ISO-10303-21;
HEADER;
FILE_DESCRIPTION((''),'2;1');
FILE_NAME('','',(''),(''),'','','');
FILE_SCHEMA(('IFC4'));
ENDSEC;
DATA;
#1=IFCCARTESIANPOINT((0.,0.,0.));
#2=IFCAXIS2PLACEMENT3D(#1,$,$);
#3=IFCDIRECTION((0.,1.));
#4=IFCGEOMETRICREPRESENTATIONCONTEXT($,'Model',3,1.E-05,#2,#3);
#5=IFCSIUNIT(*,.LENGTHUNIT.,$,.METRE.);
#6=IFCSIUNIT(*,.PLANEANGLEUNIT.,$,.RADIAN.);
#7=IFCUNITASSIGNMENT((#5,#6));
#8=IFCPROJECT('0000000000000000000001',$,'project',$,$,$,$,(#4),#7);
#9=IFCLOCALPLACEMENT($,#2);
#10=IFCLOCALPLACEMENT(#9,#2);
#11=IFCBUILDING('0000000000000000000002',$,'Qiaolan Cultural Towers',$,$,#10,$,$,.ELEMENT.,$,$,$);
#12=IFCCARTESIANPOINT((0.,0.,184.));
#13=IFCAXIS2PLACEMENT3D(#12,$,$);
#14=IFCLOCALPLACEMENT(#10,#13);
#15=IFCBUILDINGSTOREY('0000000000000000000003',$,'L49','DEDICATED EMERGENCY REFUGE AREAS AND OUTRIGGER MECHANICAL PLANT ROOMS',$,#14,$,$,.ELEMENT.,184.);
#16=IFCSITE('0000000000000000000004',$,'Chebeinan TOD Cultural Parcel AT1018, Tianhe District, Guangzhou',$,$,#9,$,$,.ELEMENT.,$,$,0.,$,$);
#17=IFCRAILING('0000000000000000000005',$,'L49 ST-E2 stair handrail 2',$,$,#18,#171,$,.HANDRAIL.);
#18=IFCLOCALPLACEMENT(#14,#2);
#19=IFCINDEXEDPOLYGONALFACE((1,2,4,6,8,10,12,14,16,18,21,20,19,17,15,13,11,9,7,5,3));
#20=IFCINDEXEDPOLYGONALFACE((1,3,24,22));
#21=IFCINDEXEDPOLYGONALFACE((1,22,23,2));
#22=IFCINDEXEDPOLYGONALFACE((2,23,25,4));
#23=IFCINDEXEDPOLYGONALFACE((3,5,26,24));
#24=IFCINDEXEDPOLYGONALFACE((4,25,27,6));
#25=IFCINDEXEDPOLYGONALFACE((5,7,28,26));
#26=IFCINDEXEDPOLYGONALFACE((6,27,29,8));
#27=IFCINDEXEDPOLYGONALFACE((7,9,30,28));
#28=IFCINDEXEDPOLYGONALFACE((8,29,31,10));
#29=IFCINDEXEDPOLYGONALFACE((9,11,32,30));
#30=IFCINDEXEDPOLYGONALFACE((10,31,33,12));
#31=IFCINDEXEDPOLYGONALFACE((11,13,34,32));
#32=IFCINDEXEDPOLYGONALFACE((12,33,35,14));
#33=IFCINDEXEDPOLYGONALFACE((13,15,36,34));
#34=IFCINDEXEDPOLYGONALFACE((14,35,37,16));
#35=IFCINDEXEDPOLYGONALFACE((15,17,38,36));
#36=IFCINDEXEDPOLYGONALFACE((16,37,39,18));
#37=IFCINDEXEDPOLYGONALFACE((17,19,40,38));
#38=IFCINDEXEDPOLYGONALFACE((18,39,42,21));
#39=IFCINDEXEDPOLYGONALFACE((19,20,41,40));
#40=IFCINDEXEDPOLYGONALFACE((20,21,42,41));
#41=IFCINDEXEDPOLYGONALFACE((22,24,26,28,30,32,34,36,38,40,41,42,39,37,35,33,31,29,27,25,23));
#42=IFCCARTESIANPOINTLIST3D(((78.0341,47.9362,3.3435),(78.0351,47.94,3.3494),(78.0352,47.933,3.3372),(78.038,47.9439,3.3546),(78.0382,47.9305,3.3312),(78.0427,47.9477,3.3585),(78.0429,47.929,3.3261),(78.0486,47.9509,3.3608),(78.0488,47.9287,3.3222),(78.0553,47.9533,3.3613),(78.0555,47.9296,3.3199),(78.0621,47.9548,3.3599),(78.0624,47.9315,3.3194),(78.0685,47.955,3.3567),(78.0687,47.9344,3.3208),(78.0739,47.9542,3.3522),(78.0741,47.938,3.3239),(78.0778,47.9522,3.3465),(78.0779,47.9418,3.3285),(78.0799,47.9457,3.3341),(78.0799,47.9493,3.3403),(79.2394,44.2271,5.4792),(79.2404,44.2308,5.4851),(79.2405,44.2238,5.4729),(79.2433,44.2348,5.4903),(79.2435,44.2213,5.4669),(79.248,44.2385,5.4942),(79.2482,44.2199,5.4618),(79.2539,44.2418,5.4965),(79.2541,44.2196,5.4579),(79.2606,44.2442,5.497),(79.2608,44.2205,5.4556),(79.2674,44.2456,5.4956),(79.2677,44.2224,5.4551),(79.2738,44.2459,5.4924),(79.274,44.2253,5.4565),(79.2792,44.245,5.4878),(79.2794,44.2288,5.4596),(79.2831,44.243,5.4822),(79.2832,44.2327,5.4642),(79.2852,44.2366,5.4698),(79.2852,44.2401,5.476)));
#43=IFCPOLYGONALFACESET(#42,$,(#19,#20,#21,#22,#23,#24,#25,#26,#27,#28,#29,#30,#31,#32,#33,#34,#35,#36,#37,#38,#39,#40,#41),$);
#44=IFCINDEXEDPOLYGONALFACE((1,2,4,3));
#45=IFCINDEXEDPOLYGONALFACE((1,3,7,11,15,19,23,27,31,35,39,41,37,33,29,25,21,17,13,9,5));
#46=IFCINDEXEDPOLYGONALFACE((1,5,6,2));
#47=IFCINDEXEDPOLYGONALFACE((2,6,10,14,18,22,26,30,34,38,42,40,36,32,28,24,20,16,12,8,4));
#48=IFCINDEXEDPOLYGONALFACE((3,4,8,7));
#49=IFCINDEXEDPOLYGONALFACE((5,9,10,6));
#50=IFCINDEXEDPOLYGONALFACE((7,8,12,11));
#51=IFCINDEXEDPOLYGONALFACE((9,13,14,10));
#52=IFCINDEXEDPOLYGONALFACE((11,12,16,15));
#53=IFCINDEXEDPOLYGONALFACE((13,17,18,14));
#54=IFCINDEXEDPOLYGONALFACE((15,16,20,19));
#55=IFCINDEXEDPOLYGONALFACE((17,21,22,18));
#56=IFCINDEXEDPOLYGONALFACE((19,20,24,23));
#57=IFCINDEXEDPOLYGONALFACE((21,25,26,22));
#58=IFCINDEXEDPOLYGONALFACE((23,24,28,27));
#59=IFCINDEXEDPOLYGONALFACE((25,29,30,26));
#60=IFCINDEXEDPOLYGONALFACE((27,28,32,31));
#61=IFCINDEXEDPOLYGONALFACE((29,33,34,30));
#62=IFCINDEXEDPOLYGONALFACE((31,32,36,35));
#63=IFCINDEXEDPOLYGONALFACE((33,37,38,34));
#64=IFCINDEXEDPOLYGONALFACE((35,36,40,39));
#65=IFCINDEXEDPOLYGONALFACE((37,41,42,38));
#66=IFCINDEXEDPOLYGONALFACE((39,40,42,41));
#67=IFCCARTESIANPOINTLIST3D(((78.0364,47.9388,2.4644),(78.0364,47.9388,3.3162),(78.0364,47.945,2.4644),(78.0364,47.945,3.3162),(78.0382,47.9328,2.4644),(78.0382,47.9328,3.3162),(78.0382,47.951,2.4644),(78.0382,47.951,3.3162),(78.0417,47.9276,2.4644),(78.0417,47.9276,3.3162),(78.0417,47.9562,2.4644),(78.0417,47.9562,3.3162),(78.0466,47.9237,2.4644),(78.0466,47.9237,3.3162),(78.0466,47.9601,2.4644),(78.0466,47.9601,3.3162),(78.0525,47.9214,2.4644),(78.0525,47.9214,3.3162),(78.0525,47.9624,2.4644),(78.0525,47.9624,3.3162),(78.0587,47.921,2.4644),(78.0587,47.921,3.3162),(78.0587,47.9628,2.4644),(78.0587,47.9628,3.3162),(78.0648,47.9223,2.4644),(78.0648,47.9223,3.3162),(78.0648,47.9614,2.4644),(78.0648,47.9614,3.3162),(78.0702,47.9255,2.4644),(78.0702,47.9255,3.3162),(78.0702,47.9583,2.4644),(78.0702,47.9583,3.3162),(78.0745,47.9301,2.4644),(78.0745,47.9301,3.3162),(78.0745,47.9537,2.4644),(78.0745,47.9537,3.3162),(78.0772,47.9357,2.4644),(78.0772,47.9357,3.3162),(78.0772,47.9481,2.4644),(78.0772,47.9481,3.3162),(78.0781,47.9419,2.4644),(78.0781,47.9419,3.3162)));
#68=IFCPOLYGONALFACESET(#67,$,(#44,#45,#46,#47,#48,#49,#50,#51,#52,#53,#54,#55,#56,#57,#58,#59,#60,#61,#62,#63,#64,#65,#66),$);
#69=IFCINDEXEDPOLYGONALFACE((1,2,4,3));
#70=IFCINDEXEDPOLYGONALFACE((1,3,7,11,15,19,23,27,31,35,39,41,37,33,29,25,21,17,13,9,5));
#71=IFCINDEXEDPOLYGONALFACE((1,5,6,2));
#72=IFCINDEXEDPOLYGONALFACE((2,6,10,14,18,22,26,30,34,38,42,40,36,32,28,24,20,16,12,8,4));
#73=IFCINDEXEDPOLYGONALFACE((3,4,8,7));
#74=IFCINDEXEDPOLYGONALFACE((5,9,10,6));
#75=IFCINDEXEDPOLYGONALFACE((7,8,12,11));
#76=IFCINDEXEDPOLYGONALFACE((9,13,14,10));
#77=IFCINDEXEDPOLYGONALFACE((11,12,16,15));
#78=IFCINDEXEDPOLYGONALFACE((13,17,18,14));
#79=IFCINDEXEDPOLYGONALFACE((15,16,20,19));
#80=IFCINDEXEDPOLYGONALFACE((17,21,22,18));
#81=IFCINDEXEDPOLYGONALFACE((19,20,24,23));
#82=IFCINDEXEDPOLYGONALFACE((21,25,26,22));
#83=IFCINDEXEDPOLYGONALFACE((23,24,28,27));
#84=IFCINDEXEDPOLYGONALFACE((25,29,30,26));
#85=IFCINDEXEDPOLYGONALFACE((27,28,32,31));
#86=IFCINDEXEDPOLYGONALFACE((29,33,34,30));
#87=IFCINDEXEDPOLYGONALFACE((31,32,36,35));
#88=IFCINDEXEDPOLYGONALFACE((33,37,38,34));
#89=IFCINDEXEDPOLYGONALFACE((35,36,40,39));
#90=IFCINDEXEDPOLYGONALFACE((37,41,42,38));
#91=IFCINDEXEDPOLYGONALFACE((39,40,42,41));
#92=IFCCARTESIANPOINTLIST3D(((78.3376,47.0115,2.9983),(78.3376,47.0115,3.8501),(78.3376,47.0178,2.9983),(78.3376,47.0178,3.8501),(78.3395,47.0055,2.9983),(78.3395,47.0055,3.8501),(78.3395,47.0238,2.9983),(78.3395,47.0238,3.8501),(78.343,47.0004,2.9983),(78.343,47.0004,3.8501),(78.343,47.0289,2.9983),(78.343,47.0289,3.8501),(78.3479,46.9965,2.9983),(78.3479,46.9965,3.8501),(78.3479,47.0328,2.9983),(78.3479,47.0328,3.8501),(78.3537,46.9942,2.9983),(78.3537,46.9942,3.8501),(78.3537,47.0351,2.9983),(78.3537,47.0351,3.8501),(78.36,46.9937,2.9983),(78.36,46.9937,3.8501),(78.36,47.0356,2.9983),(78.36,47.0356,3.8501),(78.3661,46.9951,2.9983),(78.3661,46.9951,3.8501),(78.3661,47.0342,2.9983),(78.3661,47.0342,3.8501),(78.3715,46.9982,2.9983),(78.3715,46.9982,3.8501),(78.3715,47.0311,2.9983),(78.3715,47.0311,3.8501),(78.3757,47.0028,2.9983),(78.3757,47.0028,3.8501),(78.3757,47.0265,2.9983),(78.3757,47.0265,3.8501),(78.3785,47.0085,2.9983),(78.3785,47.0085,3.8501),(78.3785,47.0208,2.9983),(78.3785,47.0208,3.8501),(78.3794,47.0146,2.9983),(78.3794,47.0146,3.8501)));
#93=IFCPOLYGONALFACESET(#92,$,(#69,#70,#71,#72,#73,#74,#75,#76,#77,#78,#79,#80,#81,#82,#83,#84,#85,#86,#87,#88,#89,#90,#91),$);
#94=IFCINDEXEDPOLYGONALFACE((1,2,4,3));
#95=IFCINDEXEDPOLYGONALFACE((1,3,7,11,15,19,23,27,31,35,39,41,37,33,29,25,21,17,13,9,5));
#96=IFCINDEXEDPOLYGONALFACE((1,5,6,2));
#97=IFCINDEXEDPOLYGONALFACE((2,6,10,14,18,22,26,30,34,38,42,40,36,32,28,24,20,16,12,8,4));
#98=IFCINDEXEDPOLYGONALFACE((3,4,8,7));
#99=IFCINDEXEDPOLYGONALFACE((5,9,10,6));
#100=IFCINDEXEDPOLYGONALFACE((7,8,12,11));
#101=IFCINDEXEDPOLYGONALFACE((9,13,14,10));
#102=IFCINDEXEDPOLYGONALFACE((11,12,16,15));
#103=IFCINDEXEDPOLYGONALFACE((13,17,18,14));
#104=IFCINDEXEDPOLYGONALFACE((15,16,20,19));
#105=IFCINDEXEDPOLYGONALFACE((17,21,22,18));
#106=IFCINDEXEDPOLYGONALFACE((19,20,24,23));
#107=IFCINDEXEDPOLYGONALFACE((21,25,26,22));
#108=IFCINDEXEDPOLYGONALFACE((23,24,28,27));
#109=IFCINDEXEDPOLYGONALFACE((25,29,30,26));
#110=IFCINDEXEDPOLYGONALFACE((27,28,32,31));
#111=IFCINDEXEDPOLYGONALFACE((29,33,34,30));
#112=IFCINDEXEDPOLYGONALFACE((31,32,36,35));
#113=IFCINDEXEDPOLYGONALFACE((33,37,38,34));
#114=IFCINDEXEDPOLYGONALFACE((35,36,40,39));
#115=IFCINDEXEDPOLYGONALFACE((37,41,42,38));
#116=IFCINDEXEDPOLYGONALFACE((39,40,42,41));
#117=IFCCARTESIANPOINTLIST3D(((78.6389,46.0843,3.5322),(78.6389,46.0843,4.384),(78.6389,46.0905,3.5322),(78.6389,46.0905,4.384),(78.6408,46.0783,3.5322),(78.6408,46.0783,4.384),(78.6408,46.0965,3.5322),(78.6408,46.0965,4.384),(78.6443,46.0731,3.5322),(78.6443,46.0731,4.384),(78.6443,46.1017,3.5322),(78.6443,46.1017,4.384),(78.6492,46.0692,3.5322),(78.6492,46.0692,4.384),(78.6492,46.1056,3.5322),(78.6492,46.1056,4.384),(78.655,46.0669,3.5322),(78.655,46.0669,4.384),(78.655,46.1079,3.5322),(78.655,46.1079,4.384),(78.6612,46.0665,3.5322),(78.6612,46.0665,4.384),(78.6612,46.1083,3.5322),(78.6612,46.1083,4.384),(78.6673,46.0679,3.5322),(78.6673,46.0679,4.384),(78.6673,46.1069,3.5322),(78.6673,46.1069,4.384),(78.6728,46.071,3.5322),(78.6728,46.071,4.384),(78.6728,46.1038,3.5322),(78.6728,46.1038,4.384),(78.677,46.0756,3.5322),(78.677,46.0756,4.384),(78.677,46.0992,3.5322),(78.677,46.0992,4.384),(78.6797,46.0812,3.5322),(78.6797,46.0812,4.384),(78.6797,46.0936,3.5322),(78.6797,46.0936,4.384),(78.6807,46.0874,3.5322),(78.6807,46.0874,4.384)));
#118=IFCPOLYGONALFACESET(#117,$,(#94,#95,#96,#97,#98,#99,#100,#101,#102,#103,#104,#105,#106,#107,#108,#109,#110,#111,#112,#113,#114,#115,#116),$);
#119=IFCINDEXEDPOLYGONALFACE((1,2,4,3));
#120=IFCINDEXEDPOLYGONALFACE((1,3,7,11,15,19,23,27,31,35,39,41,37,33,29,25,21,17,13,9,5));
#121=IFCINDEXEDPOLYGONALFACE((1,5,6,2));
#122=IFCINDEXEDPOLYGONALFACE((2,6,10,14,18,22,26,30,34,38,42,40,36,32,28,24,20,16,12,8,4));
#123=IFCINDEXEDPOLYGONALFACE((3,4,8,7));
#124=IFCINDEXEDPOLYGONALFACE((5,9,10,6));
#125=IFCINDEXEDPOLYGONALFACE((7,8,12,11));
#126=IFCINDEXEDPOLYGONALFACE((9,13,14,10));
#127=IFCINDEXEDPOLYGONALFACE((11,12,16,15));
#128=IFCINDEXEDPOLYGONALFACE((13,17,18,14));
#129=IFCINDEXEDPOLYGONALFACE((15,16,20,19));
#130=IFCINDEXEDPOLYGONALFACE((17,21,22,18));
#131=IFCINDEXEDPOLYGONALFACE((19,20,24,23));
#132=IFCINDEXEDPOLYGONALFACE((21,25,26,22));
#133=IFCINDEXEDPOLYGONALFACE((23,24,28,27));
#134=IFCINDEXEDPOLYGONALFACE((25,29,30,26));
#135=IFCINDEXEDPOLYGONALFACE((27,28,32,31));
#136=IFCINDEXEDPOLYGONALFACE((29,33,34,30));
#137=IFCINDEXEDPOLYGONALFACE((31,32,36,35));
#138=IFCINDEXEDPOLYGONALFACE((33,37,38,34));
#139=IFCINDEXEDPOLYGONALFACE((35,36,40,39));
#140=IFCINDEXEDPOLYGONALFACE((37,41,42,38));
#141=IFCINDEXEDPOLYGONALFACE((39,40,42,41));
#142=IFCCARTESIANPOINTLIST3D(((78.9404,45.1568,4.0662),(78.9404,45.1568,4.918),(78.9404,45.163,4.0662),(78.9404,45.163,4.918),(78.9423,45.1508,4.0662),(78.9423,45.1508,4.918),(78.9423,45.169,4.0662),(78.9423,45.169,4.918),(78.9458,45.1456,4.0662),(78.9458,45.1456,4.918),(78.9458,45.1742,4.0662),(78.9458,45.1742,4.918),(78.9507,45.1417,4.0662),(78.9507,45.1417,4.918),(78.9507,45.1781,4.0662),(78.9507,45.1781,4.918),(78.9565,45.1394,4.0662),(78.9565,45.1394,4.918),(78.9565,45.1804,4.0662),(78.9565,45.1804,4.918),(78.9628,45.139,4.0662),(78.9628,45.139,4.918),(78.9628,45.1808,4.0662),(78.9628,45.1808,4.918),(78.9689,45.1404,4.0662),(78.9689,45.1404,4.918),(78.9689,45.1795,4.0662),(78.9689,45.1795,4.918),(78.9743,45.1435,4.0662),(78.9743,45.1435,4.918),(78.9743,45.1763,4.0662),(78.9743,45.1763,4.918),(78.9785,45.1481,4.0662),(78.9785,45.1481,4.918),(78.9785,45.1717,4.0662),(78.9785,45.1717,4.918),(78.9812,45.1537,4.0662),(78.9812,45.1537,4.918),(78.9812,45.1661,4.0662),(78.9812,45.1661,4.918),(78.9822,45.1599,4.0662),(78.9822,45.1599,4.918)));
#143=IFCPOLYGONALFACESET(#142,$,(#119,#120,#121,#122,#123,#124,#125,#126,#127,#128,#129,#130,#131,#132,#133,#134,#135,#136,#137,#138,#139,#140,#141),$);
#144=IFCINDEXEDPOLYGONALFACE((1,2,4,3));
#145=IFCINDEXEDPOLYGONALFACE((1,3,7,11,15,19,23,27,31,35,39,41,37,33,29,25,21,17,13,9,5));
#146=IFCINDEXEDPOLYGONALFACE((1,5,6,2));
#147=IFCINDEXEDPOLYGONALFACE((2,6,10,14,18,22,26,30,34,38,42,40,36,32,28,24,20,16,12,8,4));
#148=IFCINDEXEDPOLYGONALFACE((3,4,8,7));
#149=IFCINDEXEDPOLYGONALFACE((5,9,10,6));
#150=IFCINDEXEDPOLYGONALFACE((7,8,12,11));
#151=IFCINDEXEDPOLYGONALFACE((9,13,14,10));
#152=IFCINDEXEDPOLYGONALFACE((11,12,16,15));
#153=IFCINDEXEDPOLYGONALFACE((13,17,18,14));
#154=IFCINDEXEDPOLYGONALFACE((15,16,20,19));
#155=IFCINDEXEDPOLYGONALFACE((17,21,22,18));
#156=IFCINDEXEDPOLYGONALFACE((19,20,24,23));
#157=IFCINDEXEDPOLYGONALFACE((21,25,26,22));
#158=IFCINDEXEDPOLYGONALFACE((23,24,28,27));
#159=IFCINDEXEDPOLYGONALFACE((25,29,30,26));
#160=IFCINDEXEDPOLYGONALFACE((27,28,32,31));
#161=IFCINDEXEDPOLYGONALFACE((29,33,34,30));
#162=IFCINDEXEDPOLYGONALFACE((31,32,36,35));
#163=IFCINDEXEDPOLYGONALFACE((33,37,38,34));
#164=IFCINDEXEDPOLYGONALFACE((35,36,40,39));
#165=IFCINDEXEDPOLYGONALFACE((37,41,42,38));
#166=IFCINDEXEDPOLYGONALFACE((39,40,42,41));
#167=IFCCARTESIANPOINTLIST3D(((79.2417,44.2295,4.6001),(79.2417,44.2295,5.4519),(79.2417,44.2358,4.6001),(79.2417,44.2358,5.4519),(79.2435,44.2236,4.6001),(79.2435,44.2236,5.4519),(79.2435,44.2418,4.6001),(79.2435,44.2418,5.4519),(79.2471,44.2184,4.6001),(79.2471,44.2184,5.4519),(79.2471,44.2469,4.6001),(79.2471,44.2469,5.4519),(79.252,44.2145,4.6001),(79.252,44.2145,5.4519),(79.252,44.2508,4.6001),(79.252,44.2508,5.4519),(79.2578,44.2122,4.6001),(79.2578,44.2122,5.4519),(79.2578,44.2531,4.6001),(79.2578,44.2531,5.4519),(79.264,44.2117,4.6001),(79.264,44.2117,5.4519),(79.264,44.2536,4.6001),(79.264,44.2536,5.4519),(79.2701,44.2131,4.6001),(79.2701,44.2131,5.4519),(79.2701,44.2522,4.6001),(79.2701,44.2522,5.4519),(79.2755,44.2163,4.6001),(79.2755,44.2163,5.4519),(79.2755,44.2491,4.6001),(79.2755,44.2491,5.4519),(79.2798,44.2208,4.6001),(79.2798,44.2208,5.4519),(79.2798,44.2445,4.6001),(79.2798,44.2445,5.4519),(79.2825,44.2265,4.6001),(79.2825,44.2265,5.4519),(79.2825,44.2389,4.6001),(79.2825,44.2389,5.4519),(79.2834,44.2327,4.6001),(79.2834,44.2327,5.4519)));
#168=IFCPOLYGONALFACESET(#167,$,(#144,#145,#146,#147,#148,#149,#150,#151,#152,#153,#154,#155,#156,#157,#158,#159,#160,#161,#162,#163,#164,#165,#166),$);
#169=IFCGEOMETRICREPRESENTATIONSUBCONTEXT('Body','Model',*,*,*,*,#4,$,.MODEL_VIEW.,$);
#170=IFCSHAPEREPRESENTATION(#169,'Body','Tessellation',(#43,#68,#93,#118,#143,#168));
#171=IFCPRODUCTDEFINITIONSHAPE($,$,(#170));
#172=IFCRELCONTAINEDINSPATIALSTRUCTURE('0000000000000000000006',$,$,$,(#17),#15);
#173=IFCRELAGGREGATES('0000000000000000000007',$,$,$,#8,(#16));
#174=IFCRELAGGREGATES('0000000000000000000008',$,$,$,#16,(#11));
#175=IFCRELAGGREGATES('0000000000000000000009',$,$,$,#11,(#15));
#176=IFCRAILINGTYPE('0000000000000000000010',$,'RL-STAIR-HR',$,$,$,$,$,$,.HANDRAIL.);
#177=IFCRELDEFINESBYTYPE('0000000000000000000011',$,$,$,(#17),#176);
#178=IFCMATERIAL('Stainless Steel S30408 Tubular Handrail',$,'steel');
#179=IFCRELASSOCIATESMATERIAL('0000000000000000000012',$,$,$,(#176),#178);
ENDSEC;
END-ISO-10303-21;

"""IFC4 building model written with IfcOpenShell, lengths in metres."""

from ifc_helpers import new_model, si_unit, direction, frame, origin, origin_2d, place, context, subcontext, project, spatial, circle, extrude, material, type_object, element, save


model = new_model("IFC4")

# Units and contexts
model_context = context("Model", 3, precision=1e-05, world=origin(), true_north=direction((0.0, 1.0)))
body_context = subcontext(model_context, "Body", "Model", "MODEL_VIEW")
ifc_project = project(units=[si_unit("LENGTHUNIT", "METRE"), si_unit("PLANEANGLEUNIT", "RADIAN")], contexts=[model_context])

# Site, building, storey
site_placement = place(None, origin())
site = spatial("IfcSite", under=ifc_project, at=site_placement, Name="Chebeinan TOD Cultural Parcel AT1018, Tianhe District, Guangzhou", CompositionType="ELEMENT", RefElevation=0.0)
building_placement = place(site_placement, origin())
building = spatial("IfcBuilding", under=site, at=building_placement, Name="Qiaolan Cultural Towers", CompositionType="ELEMENT")
storey_placement = place(building_placement, frame((0.0, 0.0, 184.0)))
storey = spatial("IfcBuildingStorey", under=building, at=storey_placement, Name="L49", Description="DEDICATED EMERGENCY REFUGE AREAS AND OUTRIGGER MECHANICAL PLANT ROOMS", CompositionType="ELEMENT", Elevation=184.0)

# Railing
ifc_material_1 = material(Name="Stainless Steel S30408 Tubular Handrail", Category="steel")
railing_type_1 = type_object("IfcRailingType", Name="RL-STAIR-HR", PredefinedType="HANDRAIL", material=ifc_material_1)
railing_1_placement = place(storey_placement, frame((78.0571, 47.9419, 2.4644)))
element("IfcRailing", 1, at=railing_1_placement, inside=storey, type_object=railing_type_1, Name="L49 ST-E2 stair handrail 2", PredefinedType="HANDRAIL", context=body_context, shape_type="SweptSolid", body=[
    extrude(circle(Radius=0.0239, at=origin_2d()), frame((0.0, 0.0, 0.876), z_axis=(0.271064, -0.834165, 0.480305), x_axis=(0.951047, 0.309045, 0.0)), (0.0, 0.0, 1.0), 4.4465),
    extrude(circle(Radius=0.021, at=origin_2d()), origin(), (0.0, 0.0, 1.0), 0.8518),
    extrude(circle(Radius=0.021, at=origin_2d()), frame((0.3013, -0.9272, 0.5339)), (0.0, 0.0, 1.0), 0.8518),
    extrude(circle(Radius=0.021, at=origin_2d()), frame((0.6025, -1.8545, 1.0679)), (0.0, 0.0, 1.0), 0.8518),
    extrude(circle(Radius=0.021, at=origin_2d()), frame((0.9041, -2.782, 1.6018)), (0.0, 0.0, 1.0), 0.8518),
    extrude(circle(Radius=0.021, at=origin_2d()), frame((1.2053, -3.7092, 2.1357)), (0.0, 0.0, 1.0), 0.8518),
])

save(model, "model.ifc")
